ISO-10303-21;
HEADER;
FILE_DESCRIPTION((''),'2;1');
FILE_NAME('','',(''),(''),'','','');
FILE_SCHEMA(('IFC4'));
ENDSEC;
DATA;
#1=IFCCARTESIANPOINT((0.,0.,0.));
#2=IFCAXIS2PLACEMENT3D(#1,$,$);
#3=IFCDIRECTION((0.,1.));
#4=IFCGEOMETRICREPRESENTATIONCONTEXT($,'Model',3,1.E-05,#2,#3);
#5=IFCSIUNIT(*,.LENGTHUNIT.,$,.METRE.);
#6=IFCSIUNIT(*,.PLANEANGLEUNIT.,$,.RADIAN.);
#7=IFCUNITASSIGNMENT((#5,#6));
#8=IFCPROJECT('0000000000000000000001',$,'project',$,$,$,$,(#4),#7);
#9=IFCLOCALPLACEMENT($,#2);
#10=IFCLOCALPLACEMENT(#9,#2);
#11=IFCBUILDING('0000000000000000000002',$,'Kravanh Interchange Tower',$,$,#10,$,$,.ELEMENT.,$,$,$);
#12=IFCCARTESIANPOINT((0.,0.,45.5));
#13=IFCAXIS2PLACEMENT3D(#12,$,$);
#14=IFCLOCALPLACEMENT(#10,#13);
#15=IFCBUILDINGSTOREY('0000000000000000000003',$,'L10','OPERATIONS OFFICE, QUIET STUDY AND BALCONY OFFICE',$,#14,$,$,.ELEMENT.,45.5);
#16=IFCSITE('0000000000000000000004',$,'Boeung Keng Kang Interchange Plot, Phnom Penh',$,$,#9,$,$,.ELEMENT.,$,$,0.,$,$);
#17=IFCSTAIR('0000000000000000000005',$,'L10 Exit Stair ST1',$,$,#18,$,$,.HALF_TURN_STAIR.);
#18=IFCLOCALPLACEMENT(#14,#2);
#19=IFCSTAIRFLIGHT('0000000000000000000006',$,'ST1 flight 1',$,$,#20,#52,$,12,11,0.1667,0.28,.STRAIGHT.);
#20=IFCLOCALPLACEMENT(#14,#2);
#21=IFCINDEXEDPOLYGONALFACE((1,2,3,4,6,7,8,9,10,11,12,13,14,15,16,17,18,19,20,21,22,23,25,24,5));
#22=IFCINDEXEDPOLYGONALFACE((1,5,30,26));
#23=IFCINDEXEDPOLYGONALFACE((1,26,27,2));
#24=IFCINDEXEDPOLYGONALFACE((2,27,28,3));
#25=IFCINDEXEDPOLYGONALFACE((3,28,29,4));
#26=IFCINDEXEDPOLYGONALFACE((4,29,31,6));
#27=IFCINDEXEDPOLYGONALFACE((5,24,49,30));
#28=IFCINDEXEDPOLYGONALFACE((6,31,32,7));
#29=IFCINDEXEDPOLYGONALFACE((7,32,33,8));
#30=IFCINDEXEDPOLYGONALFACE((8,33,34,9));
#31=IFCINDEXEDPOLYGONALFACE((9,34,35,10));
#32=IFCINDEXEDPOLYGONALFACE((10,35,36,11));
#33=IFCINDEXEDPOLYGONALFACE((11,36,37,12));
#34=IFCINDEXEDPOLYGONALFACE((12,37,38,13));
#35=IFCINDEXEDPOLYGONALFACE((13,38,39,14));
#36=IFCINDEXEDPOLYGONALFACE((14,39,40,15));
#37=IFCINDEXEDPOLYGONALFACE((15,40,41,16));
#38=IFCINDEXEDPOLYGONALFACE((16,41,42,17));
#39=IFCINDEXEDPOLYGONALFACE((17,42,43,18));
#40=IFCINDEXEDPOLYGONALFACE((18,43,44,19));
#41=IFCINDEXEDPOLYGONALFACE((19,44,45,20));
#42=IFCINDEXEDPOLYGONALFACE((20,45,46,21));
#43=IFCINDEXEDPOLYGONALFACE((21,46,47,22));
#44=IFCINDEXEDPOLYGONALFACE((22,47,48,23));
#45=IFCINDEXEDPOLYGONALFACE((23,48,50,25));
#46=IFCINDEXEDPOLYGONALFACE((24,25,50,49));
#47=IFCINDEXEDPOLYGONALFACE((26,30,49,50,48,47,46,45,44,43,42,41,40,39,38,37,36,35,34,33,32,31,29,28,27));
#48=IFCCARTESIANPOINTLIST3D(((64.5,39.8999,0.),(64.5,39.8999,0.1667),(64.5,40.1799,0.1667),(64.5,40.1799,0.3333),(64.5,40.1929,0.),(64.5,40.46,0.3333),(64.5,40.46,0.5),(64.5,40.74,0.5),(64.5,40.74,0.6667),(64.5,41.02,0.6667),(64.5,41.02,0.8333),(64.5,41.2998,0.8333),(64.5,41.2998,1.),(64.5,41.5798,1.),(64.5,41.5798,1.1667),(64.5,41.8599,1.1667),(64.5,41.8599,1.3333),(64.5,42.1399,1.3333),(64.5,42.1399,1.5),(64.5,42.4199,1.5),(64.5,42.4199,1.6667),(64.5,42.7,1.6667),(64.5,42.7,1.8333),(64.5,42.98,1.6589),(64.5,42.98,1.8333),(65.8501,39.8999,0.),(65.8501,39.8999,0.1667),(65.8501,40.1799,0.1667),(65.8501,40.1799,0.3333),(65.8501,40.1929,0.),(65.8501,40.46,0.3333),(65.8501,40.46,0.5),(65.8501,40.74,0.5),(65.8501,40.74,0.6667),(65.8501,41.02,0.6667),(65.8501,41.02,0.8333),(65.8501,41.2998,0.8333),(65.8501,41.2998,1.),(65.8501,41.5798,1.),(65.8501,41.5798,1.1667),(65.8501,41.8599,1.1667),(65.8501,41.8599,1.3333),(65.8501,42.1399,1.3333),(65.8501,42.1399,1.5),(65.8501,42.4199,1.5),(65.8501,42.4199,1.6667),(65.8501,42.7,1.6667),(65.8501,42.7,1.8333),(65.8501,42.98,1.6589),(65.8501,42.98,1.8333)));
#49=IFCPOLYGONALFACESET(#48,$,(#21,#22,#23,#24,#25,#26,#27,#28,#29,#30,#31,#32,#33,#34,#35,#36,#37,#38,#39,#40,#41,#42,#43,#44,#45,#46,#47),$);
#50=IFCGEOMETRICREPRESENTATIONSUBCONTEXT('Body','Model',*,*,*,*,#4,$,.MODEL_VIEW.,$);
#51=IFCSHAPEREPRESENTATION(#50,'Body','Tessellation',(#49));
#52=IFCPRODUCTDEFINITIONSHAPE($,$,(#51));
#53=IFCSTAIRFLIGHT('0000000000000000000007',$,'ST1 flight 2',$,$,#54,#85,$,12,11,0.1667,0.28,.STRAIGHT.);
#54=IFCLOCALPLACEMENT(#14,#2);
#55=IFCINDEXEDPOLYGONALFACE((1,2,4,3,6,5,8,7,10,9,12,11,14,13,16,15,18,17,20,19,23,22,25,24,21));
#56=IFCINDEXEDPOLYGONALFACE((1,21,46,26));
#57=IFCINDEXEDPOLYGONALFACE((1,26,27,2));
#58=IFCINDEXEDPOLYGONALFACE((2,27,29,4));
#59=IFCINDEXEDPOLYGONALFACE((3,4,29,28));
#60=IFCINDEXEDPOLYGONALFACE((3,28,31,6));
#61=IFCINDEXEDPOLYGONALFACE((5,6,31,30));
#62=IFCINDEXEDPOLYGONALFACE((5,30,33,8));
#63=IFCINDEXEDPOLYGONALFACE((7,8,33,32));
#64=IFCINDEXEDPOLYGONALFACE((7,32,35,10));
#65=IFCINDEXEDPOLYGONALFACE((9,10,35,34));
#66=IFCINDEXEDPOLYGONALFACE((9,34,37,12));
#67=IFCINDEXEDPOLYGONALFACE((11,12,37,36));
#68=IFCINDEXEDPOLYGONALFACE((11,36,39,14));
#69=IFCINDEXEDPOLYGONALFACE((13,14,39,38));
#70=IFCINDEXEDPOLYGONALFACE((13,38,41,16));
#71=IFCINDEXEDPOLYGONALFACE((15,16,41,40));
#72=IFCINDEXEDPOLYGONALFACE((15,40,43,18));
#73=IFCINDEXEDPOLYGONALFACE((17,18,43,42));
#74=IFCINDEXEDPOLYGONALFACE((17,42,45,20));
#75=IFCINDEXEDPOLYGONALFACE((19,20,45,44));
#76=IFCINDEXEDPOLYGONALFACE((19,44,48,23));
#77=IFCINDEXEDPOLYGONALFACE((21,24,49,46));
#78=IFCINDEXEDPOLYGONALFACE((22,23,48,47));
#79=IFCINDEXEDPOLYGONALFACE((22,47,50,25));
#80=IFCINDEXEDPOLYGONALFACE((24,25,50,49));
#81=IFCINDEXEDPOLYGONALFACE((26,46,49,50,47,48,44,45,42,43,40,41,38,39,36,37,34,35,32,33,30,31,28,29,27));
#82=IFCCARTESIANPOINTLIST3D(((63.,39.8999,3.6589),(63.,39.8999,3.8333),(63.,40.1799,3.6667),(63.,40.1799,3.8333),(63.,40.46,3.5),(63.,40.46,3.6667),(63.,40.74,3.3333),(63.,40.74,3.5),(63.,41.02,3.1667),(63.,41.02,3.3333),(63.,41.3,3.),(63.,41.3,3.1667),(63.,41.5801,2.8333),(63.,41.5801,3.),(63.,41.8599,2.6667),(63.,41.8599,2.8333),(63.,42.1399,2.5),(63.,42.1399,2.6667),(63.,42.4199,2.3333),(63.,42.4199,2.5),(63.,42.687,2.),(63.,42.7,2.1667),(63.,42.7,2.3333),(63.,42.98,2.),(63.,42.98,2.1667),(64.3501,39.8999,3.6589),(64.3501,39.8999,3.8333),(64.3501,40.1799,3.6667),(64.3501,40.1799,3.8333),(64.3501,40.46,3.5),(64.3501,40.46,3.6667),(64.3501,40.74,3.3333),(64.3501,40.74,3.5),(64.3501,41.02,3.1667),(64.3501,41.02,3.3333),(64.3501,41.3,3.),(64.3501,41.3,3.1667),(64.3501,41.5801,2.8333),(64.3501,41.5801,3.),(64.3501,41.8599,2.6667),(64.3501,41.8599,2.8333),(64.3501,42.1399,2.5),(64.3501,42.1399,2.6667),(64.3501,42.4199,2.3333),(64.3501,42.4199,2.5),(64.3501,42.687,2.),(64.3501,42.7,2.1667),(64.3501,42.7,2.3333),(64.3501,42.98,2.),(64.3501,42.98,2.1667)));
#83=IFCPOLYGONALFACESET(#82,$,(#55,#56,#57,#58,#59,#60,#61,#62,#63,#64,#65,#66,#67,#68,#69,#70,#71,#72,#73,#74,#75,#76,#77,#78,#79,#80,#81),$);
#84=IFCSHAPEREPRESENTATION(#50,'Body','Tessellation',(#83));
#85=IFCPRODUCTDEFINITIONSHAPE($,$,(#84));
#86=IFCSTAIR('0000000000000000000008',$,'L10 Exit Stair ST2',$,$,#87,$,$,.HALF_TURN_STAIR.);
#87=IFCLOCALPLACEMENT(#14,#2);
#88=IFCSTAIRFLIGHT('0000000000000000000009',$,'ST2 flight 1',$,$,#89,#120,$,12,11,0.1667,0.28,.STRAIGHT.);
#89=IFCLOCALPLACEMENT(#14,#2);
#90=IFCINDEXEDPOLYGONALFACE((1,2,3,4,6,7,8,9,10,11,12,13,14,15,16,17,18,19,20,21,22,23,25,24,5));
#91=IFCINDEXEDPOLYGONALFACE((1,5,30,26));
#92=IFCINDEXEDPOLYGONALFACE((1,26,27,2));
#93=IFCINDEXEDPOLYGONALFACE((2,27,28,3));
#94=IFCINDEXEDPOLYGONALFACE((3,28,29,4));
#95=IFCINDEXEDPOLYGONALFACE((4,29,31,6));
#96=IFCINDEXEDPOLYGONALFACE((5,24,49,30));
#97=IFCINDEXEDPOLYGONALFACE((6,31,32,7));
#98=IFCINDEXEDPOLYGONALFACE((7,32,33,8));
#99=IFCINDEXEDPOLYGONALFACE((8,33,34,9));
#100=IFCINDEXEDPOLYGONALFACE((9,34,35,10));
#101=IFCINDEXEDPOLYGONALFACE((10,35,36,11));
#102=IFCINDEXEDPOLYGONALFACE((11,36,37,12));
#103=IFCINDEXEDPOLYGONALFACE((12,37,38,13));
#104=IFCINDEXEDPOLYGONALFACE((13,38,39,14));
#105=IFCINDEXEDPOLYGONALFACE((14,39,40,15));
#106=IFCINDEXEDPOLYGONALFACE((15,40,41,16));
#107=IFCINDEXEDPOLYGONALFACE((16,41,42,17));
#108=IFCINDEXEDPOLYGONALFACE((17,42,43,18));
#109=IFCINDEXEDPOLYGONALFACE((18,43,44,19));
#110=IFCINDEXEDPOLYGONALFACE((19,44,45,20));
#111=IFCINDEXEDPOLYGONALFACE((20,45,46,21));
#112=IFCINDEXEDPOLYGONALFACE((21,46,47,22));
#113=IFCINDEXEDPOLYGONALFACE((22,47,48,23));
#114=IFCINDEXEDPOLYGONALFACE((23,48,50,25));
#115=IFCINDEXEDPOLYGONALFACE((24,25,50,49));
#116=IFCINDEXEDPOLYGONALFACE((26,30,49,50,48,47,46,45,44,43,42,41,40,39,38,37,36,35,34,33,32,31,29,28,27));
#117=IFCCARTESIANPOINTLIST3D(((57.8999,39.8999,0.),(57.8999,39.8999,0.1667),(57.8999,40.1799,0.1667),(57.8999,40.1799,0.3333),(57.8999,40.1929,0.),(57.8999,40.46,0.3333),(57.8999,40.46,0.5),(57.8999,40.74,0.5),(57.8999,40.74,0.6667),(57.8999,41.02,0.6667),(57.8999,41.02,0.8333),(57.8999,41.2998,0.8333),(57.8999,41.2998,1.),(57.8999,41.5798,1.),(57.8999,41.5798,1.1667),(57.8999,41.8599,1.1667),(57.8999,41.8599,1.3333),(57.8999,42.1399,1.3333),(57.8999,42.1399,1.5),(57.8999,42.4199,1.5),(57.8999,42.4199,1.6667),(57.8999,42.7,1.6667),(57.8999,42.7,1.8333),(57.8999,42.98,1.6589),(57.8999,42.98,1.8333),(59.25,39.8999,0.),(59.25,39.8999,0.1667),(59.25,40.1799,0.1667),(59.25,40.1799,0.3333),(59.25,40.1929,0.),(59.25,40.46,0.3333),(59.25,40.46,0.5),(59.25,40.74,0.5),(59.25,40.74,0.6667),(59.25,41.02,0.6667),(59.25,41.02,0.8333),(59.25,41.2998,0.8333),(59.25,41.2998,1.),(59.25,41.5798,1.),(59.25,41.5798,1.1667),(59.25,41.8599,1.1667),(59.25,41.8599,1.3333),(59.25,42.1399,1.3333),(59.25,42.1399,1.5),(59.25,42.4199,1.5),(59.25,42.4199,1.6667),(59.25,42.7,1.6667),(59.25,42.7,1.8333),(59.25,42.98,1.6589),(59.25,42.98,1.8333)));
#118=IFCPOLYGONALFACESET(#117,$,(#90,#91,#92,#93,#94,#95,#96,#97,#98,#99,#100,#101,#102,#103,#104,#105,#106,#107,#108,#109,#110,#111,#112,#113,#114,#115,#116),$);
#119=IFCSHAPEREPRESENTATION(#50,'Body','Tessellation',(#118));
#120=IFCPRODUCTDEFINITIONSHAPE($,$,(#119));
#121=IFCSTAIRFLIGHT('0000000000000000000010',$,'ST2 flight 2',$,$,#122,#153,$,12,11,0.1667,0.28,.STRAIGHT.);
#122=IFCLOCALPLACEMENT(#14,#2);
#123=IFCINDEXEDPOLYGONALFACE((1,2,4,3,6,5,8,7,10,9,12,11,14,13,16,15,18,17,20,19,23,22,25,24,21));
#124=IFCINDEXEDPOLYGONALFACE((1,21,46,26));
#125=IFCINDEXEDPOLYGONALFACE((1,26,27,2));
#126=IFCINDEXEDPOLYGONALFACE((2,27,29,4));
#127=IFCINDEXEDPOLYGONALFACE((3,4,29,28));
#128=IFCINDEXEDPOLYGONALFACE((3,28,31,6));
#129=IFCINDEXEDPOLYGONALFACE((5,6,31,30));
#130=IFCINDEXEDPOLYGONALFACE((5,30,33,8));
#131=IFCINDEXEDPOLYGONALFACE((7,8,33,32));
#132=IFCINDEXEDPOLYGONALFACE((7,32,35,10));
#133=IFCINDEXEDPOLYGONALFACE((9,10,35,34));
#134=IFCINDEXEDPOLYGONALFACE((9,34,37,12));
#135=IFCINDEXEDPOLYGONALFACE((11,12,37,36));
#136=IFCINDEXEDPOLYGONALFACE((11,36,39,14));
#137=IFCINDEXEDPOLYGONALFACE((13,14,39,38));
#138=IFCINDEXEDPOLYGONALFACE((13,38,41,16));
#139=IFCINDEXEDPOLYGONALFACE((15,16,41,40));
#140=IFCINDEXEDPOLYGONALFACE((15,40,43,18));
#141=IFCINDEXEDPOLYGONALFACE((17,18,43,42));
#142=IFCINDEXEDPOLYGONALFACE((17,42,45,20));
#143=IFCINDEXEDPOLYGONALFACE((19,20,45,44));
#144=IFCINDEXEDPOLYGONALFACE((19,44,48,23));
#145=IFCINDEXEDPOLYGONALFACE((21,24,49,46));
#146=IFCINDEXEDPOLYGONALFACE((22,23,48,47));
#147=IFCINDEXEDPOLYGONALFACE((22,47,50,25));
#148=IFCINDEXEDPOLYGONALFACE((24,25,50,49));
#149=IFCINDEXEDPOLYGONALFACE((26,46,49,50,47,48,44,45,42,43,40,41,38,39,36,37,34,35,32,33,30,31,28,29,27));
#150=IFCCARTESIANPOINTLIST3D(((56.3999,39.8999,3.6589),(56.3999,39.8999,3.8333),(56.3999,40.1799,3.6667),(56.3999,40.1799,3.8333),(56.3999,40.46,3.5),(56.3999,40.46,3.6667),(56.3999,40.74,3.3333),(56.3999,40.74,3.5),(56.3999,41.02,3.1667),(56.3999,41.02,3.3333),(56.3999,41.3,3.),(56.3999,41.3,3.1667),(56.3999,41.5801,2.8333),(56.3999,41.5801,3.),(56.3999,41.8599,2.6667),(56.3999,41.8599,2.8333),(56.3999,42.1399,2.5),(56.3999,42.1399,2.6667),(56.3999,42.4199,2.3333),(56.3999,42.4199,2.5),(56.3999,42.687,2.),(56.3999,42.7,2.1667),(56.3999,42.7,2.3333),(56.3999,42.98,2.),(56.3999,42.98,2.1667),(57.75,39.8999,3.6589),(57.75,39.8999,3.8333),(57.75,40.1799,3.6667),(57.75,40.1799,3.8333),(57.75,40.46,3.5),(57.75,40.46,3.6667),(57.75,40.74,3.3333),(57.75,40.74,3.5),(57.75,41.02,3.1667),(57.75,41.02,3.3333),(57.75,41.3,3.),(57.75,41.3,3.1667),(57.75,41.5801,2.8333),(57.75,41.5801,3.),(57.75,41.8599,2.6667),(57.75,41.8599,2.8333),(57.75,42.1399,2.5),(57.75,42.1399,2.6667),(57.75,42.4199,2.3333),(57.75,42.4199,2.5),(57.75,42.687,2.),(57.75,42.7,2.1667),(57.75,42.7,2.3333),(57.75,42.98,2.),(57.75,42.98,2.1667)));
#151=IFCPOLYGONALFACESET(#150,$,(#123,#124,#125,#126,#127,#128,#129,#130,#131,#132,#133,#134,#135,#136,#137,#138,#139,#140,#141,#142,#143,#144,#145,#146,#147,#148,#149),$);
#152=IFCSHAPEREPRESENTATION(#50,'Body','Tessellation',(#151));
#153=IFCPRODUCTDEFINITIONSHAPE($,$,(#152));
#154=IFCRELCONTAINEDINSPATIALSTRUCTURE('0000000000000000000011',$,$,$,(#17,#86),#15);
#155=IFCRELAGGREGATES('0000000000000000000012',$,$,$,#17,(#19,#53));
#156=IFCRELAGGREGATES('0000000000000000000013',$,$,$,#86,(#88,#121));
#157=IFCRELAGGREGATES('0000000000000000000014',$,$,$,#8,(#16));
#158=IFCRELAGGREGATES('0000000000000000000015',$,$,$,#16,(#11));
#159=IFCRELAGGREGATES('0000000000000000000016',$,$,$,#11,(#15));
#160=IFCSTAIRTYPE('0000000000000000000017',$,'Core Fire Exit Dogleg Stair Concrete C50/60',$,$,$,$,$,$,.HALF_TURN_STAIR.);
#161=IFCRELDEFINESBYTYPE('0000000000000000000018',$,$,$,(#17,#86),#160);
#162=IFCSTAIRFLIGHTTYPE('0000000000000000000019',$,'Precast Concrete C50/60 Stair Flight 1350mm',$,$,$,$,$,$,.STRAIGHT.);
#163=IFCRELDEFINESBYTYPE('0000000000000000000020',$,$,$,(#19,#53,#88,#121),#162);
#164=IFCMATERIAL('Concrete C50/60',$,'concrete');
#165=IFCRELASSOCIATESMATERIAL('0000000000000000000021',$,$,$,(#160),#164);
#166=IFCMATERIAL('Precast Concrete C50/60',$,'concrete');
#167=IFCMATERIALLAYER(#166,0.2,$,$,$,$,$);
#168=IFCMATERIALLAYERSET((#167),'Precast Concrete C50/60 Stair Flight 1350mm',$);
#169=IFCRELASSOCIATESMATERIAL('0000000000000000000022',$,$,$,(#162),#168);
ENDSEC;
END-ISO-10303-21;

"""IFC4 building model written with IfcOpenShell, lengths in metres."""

from ifc_helpers import new_model, si_unit, direction, frame, origin, place, context, subcontext, project, spatial, polyline, outline, extrude, material, layer, layer_set, type_object, element, aggregate, save


model = new_model("IFC4")

# Units and contexts
model_context = context("Model", 3, precision=1e-05, world=origin(), true_north=direction((0.0, 1.0)))
body_context = subcontext(model_context, "Body", "Model", "MODEL_VIEW")
ifc_project = project(units=[si_unit("LENGTHUNIT", "METRE"), si_unit("PLANEANGLEUNIT", "RADIAN")], contexts=[model_context])

# Site, building, storey
site_placement = place(None, origin())
site = spatial("IfcSite", under=ifc_project, at=site_placement, Name="Boeung Keng Kang Interchange Plot, Phnom Penh", CompositionType="ELEMENT", RefElevation=0.0)
building_placement = place(site_placement, origin())
building = spatial("IfcBuilding", under=site, at=building_placement, Name="Kravanh Interchange Tower", CompositionType="ELEMENT")
storey_placement = place(building_placement, frame((0.0, 0.0, 45.5)))
storey = spatial("IfcBuildingStorey", under=building, at=storey_placement, Name="L10", Description="OPERATIONS OFFICE, QUIET STUDY AND BALCONY OFFICE", CompositionType="ELEMENT", Elevation=45.5)

# Stairs, stair flights
ifc_material_1 = material(Name="Concrete C50/60", Category="concrete")
stair_type = type_object("IfcStairType", Name="Core Fire Exit Dogleg Stair Concrete C50/60", PredefinedType="HALF_TURN_STAIR", material=ifc_material_1)
stair_1_placement = place(storey_placement, origin())
stair_1 = element("IfcStair", 1, at=stair_1_placement, inside=storey, type_object=stair_type, Name="L10 Exit Stair ST1", PredefinedType="HALF_TURN_STAIR")
ifc_material_2 = material(Name="Precast Concrete C50/60", Category="concrete")
ifc_layer_1 = layer(ifc_material_2, 0.2)
ifc_layer_set_1 = layer_set([ifc_layer_1], Name="Precast Concrete C50/60 Stair Flight 1350mm")
stair_flight_type = type_object("IfcStairFlightType", Name="Precast Concrete C50/60 Stair Flight 1350mm", PredefinedType="STRAIGHT", material=ifc_layer_set_1)
stair_flight_1_placement = place(storey_placement, frame((65.175, 39.8999, 0.0), z_axis=(0.0, 0.0, 1.0), x_axis=(0.0, 1.0, 0.0)))
stair_flight_1 = element("IfcStairFlight", 2, at=stair_flight_1_placement, type_object=stair_flight_type, Name="ST1 flight 1", NumberOfRisers=12, NumberOfTreads=11, PredefinedType="STRAIGHT", RiserHeight=0.1667, TreadLength=0.28, context=body_context, shape_type="SweptSolid", body=[
    extrude(outline(polyline([(0.0, 0.0), (0.0, 0.1667), (0.28, 0.1667), (0.28, 0.3333), (0.5601, 0.3333), (0.5601, 0.5), (0.8401, 0.5), (0.8401, 0.6667), (1.1201, 0.6667), (1.1201, 0.8333), (1.3999, 0.8333), (1.3999, 1.0), (1.6799, 1.0), (1.6799, 1.1667), (1.96, 1.1667), (1.96, 1.3333), (2.24, 1.3333), (2.24, 1.5), (2.52, 1.5), (2.52, 1.6667), (2.8, 1.6667), (2.8, 1.8333), (3.0801, 1.8333), (3.0801, 2.0), (3.0801, 1.6589), (0.293, 0.0), (0.0, 0.0)])), frame((0.0, 0.675, 0.0), z_axis=(0.0, -1.0, 0.0), x_axis=(1.0, 0.0, 0.0)), (0.0, 0.0, 1.0), 1.3501),
])
stair_flight_2_placement = place(storey_placement, frame((63.675, 42.98, 2.0), z_axis=(0.0, 0.0, 1.0), x_axis=(0.0, -1.0, 0.0)))
stair_flight_2 = element("IfcStairFlight", 3, at=stair_flight_2_placement, type_object=stair_flight_type, Name="ST1 flight 2", NumberOfRisers=12, NumberOfTreads=11, PredefinedType="STRAIGHT", RiserHeight=0.1667, TreadLength=0.28, context=body_context, shape_type="SweptSolid", body=[
    extrude(outline(polyline([(0.0, 0.0), (0.0, 0.1667), (0.28, 0.1667), (0.28, 0.3333), (0.5601, 0.3333), (0.5601, 0.5), (0.8401, 0.5), (0.8401, 0.6667), (1.1201, 0.6667), (1.1201, 0.8333), (1.3999, 0.8333), (1.3999, 1.0), (1.6799, 1.0), (1.6799, 1.1667), (1.96, 1.1667), (1.96, 1.3333), (2.24, 1.3333), (2.24, 1.5), (2.52, 1.5), (2.52, 1.6667), (2.8, 1.6667), (2.8, 1.8333), (3.0801, 1.8333), (3.0801, 2.0), (3.0801, 1.6589), (0.293, 0.0), (0.0, 0.0)])), frame((0.0, 0.675, 0.0), z_axis=(0.0, -1.0, 0.0), x_axis=(1.0, 0.0, 0.0)), (0.0, 0.0, 1.0), 1.3501),
])
aggregate(stair_1, [stair_flight_1, stair_flight_2])
stair_2_placement = place(storey_placement, origin())
stair_2 = element("IfcStair", 4, at=stair_2_placement, inside=storey, type_object=stair_type, Name="L10 Exit Stair ST2", PredefinedType="HALF_TURN_STAIR")
stair_flight_3_placement = place(storey_placement, frame((58.575, 39.8999, 0.0), z_axis=(0.0, 0.0, 1.0), x_axis=(0.0, 1.0, 0.0)))
stair_flight_3 = element("IfcStairFlight", 5, at=stair_flight_3_placement, type_object=stair_flight_type, Name="ST2 flight 1", NumberOfRisers=12, NumberOfTreads=11, PredefinedType="STRAIGHT", RiserHeight=0.1667, TreadLength=0.28, context=body_context, shape_type="SweptSolid", body=[
    extrude(outline(polyline([(0.0, 0.0), (0.0, 0.1667), (0.28, 0.1667), (0.28, 0.3333), (0.5601, 0.3333), (0.5601, 0.5), (0.8401, 0.5), (0.8401, 0.6667), (1.1201, 0.6667), (1.1201, 0.8333), (1.3999, 0.8333), (1.3999, 1.0), (1.6799, 1.0), (1.6799, 1.1667), (1.96, 1.1667), (1.96, 1.3333), (2.24, 1.3333), (2.24, 1.5), (2.52, 1.5), (2.52, 1.6667), (2.8, 1.6667), (2.8, 1.8333), (3.0801, 1.8333), (3.0801, 2.0), (3.0801, 1.6589), (0.293, 0.0), (0.0, 0.0)])), frame((0.0, 0.675, 0.0), z_axis=(0.0, -1.0, 0.0), x_axis=(1.0, 0.0, 0.0)), (0.0, 0.0, 1.0), 1.3501),
])
stair_flight_4_placement = place(storey_placement, frame((57.075, 42.98, 2.0), z_axis=(0.0, 0.0, 1.0), x_axis=(0.0, -1.0, 0.0)))
stair_flight_4 = element("IfcStairFlight", 6, at=stair_flight_4_placement, type_object=stair_flight_type, Name="ST2 flight 2", NumberOfRisers=12, NumberOfTreads=11, PredefinedType="STRAIGHT", RiserHeight=0.1667, TreadLength=0.28, context=body_context, shape_type="SweptSolid", body=[
    extrude(outline(polyline([(0.0, 0.0), (0.0, 0.1667), (0.28, 0.1667), (0.28, 0.3333), (0.5601, 0.3333), (0.5601, 0.5), (0.8401, 0.5), (0.8401, 0.6667), (1.1201, 0.6667), (1.1201, 0.8333), (1.3999, 0.8333), (1.3999, 1.0), (1.6799, 1.0), (1.6799, 1.1667), (1.96, 1.1667), (1.96, 1.3333), (2.24, 1.3333), (2.24, 1.5), (2.52, 1.5), (2.52, 1.6667), (2.8, 1.6667), (2.8, 1.8333), (3.0801, 1.8333), (3.0801, 2.0), (3.0801, 1.6589), (0.293, 0.0), (0.0, 0.0)])), frame((0.0, 0.675, 0.0), z_axis=(0.0, -1.0, 0.0), x_axis=(1.0, 0.0, 0.0)), (0.0, 0.0, 1.0), 1.3501),
])
aggregate(stair_2, [stair_flight_3, stair_flight_4])

save(model, "model.ifc")
